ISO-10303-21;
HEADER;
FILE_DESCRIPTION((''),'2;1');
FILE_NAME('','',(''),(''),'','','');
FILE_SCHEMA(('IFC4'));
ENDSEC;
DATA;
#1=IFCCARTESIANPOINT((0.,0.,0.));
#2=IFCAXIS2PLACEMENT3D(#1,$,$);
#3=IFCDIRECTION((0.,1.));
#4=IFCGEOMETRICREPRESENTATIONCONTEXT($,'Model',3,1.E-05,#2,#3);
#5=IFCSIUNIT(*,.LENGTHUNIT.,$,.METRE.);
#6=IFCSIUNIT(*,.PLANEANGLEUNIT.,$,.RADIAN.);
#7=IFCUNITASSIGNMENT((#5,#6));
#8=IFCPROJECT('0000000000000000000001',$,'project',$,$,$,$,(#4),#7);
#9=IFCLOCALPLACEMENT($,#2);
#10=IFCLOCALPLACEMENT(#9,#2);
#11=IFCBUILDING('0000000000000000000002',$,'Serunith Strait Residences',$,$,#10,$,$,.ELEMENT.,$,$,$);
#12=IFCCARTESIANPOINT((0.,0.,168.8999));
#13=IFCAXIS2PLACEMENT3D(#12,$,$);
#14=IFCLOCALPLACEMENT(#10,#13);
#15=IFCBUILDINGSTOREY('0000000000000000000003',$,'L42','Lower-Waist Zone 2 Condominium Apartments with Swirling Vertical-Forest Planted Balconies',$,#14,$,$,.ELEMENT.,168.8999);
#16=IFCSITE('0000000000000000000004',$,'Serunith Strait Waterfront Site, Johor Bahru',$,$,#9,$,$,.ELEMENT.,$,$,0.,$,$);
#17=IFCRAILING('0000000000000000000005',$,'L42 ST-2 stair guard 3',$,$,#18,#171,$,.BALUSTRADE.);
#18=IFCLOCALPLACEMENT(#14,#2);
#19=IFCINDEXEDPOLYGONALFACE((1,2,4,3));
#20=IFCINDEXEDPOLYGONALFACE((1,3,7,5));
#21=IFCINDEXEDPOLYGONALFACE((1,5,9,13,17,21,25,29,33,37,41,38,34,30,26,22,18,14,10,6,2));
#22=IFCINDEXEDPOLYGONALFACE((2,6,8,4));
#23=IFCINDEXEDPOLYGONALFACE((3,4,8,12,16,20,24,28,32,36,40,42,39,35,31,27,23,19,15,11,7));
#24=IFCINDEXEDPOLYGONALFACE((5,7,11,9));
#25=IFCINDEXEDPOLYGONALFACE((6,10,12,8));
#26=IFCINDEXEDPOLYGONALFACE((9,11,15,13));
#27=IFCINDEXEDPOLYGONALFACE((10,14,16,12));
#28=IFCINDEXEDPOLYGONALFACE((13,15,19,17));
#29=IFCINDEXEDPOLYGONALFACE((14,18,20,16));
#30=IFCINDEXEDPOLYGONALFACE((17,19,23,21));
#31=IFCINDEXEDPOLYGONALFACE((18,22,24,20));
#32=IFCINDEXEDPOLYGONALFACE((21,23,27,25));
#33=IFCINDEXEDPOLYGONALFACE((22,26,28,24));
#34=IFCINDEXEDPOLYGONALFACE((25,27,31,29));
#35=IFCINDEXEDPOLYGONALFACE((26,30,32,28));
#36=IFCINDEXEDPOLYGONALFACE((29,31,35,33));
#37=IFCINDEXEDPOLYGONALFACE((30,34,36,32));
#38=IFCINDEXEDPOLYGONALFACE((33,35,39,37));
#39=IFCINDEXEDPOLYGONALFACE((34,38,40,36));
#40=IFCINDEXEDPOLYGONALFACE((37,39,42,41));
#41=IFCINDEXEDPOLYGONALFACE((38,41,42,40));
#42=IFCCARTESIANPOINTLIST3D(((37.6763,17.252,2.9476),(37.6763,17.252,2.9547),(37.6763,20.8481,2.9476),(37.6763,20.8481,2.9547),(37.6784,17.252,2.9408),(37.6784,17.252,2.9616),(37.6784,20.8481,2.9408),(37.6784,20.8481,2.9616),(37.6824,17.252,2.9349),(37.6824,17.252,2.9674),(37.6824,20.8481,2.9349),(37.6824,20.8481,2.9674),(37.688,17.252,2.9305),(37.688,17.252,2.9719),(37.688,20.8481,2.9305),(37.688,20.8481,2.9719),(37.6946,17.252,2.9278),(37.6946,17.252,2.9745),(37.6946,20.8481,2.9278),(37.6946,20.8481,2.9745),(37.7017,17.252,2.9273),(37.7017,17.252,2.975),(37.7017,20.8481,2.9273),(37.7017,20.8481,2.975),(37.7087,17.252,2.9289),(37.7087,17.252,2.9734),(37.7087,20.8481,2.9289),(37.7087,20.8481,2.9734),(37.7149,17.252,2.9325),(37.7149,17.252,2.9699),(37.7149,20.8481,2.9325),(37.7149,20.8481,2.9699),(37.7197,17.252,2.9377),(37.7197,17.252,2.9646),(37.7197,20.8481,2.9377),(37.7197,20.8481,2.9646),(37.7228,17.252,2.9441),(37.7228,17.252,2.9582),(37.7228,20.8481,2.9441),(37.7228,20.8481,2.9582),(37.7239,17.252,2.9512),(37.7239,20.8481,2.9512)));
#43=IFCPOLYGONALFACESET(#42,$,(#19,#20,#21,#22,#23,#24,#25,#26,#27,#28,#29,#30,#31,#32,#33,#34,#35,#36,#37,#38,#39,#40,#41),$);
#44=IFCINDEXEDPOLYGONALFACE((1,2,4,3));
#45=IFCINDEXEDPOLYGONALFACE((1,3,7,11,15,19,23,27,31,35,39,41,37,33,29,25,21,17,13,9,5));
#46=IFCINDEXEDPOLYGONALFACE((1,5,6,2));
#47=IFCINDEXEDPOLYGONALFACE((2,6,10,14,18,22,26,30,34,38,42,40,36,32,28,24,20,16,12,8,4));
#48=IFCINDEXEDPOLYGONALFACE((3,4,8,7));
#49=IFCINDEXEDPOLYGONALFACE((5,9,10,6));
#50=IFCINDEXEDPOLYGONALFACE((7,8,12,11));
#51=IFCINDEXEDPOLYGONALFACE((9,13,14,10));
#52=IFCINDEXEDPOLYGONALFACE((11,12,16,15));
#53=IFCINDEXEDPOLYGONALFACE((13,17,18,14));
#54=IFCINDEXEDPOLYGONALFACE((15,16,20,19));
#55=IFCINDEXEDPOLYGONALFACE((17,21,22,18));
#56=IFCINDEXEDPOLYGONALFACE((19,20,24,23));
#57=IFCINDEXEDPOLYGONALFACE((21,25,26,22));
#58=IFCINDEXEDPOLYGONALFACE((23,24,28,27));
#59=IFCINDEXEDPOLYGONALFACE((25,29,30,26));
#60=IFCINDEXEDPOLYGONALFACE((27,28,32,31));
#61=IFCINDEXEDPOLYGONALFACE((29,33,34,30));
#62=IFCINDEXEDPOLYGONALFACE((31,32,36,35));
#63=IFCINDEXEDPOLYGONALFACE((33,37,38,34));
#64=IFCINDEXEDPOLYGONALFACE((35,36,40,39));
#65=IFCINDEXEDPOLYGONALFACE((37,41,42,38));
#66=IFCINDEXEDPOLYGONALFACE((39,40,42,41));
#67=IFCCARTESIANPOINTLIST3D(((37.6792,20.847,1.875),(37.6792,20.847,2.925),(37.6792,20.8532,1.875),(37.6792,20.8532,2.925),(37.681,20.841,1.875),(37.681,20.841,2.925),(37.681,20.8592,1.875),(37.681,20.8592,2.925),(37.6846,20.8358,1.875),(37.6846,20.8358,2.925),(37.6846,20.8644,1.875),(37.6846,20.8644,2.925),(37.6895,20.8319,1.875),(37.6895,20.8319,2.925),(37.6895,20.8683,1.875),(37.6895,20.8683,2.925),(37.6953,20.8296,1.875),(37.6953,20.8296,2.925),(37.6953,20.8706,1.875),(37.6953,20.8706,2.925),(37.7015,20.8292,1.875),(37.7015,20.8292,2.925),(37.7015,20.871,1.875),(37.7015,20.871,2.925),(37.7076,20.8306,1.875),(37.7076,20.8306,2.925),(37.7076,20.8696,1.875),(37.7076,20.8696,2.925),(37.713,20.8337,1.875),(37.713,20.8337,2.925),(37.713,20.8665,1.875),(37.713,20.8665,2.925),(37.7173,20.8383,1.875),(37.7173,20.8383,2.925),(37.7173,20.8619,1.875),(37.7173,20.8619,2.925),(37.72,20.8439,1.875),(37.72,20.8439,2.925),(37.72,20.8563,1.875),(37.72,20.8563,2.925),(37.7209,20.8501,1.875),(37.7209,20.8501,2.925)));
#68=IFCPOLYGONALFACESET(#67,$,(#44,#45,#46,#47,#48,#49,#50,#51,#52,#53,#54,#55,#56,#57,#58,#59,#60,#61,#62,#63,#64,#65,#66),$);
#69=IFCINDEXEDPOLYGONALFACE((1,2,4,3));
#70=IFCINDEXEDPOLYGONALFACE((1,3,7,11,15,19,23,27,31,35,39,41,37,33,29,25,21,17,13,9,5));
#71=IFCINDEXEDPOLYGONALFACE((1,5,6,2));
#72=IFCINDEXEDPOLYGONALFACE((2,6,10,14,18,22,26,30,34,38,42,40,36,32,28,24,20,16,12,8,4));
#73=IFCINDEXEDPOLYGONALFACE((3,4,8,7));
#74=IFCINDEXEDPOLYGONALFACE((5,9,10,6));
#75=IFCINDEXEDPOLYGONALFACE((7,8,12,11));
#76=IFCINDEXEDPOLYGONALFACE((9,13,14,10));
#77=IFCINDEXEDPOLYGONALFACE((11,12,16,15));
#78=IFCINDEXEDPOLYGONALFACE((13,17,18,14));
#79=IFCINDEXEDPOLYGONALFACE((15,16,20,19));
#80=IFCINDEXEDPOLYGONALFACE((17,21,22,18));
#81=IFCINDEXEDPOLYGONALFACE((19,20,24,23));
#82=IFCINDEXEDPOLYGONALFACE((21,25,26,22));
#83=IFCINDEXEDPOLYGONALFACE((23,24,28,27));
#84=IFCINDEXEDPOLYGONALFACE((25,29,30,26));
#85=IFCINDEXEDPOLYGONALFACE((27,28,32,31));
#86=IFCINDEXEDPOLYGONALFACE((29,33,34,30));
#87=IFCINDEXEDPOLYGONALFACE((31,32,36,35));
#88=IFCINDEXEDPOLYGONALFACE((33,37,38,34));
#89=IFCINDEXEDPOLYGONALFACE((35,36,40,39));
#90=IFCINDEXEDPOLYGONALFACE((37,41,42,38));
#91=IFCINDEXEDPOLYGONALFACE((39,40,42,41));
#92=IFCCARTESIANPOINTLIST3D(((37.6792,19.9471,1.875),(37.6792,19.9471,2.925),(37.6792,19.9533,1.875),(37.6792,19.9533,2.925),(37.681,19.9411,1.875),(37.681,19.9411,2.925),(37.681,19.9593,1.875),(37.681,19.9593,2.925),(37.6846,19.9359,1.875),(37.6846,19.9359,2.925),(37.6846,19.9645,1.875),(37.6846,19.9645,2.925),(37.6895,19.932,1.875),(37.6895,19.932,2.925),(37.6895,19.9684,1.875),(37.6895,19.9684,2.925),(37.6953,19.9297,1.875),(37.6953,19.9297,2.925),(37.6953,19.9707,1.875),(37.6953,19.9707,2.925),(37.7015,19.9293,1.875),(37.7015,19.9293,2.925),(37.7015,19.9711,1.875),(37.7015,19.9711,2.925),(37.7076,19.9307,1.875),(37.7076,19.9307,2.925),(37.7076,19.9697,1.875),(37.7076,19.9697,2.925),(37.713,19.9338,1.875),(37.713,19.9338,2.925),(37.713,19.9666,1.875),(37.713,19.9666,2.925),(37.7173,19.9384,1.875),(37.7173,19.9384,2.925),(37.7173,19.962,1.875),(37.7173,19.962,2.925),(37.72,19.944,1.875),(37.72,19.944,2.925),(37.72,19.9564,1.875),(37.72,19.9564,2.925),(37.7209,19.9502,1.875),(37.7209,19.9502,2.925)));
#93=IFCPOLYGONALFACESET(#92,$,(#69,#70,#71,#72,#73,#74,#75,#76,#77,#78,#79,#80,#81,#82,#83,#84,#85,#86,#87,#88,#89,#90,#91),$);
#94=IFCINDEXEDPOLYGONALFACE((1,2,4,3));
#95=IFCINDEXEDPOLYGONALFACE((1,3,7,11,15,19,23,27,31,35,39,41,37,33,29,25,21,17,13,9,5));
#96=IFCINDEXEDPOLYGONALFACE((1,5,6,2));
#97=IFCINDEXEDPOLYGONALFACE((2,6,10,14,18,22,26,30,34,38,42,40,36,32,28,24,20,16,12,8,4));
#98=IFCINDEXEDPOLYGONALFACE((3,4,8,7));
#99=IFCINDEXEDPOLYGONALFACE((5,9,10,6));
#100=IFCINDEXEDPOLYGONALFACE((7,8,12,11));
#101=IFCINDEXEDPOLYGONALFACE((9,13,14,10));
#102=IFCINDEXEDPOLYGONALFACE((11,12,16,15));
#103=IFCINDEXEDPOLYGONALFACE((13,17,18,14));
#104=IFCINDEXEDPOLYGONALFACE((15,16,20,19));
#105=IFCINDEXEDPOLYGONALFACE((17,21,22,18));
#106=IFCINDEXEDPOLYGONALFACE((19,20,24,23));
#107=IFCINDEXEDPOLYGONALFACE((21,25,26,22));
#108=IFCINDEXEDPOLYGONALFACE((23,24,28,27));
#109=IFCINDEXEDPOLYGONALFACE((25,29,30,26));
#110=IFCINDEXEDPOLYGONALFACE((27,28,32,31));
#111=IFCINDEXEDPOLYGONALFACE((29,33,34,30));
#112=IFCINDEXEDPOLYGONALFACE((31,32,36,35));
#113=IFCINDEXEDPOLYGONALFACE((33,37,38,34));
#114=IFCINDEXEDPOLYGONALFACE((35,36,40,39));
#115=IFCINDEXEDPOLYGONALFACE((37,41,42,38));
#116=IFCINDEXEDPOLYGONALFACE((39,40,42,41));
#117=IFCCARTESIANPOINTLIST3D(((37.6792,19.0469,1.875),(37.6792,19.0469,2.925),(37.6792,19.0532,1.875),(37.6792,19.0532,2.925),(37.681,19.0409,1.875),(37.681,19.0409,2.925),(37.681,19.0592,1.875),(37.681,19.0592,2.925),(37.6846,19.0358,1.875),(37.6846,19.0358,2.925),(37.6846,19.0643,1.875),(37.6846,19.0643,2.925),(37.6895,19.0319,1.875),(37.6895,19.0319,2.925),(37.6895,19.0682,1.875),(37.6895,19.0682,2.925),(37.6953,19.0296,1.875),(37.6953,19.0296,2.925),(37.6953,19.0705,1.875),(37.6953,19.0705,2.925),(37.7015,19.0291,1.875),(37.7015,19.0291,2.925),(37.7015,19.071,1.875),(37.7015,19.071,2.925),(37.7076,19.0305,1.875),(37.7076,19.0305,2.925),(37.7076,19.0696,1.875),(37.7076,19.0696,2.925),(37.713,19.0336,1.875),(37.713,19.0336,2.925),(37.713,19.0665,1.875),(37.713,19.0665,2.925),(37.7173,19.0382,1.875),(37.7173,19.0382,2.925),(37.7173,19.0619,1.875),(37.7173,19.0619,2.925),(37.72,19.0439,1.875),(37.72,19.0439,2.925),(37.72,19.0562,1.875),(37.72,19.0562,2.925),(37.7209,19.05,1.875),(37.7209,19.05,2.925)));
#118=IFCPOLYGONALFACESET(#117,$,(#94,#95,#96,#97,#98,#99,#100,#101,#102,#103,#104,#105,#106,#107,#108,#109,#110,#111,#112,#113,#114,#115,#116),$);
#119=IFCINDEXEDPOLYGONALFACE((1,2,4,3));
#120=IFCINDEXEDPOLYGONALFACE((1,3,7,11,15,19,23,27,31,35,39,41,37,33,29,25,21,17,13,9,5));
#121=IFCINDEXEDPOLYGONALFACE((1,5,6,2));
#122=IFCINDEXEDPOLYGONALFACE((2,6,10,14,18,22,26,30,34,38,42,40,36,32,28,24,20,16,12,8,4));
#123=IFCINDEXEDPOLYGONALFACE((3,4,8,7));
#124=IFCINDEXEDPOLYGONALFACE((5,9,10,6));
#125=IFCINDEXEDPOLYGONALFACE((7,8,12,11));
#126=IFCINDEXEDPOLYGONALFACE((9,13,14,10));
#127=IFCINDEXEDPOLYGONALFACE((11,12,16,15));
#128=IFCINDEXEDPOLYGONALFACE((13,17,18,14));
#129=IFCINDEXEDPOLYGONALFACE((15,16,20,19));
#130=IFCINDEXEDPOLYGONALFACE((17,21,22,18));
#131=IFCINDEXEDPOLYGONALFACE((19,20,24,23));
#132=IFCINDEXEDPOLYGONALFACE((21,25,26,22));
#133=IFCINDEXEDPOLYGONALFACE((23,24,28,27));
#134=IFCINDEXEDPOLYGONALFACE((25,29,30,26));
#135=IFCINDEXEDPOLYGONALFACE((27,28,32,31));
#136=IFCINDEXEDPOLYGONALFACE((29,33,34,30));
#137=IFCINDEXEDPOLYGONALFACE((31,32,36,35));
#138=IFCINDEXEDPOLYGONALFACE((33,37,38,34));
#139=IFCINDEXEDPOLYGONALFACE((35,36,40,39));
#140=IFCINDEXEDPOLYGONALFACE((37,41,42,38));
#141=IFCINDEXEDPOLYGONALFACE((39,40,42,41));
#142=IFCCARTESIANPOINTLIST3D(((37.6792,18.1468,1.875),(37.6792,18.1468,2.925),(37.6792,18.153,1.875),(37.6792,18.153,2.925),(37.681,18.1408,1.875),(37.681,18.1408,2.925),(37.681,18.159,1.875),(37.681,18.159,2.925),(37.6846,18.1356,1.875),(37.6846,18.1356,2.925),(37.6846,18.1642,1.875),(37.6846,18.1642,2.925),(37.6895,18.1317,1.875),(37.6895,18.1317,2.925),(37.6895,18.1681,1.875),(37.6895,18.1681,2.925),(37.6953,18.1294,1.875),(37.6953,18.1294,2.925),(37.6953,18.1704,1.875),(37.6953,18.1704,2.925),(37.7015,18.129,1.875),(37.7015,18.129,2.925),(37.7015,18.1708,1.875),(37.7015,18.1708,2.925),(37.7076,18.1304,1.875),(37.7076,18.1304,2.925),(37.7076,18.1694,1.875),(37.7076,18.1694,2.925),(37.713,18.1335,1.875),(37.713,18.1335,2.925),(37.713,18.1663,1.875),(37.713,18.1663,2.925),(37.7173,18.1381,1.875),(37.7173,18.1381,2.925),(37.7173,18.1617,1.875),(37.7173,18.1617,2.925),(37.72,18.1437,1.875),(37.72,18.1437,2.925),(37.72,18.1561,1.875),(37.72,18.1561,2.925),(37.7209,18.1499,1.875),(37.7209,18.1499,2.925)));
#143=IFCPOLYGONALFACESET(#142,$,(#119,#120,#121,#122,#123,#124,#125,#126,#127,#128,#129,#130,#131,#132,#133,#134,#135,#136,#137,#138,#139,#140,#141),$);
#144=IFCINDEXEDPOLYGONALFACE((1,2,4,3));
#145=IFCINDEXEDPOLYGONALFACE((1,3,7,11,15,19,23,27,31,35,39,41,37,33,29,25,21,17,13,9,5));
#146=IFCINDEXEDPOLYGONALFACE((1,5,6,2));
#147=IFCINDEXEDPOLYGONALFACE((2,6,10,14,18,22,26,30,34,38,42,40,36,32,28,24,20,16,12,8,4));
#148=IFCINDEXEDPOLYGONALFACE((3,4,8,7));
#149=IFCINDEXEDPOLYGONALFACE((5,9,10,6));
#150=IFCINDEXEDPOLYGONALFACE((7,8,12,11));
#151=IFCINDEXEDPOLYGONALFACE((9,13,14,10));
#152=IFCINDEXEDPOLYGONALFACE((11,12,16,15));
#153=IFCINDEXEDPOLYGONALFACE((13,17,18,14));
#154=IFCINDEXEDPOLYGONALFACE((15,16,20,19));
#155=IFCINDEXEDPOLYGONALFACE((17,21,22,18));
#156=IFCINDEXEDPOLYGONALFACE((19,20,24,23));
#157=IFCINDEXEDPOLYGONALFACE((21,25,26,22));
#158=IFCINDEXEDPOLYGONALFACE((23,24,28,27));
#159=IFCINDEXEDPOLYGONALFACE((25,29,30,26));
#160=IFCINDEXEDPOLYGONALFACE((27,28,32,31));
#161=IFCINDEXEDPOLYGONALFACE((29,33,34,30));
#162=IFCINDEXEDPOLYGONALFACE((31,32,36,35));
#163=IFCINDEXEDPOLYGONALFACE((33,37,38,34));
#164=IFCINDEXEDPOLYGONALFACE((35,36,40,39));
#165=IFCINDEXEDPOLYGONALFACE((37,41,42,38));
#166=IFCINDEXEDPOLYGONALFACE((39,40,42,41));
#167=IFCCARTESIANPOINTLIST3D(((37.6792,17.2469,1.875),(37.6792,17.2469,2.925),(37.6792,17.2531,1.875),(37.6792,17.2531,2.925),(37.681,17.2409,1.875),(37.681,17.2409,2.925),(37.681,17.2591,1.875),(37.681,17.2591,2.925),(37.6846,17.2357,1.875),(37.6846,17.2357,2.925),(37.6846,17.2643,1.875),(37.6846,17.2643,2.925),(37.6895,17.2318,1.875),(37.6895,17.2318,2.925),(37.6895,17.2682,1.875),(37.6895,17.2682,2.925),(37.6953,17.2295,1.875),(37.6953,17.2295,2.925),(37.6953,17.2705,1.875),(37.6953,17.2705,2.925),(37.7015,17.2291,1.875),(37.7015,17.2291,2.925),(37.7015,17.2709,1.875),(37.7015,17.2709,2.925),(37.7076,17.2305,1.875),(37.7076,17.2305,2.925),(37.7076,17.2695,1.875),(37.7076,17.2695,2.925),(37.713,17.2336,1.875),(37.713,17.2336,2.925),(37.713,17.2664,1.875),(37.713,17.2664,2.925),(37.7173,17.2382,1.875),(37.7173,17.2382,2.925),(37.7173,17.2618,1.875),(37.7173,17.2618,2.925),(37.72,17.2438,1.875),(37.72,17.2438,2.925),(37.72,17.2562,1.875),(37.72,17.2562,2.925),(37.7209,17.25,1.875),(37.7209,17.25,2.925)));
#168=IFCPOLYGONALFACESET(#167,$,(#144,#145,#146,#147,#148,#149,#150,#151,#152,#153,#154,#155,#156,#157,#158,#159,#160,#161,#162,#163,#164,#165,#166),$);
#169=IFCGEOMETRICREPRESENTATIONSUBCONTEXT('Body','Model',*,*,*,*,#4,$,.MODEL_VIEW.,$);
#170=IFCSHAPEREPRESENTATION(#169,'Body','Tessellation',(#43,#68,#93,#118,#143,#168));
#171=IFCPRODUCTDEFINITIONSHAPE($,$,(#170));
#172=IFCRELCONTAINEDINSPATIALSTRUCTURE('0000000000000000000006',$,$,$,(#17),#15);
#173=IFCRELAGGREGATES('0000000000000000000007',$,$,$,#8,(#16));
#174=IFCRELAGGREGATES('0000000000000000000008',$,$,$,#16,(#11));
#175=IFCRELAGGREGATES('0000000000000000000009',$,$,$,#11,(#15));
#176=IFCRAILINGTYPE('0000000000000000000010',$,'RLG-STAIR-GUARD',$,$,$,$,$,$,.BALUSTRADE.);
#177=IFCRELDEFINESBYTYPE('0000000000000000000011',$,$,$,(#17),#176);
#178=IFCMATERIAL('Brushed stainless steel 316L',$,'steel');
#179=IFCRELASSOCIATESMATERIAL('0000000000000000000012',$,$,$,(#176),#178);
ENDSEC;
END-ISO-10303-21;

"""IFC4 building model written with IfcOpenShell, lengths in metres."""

from ifc_helpers import new_model, si_unit, direction, frame, origin, origin_2d, place, context, subcontext, project, spatial, circle, extrude, material, type_object, element, save


model = new_model("IFC4")

# Units and contexts
model_context = context("Model", 3, precision=1e-05, world=origin(), true_north=direction((0.0, 1.0)))
body_context = subcontext(model_context, "Body", "Model", "MODEL_VIEW")
ifc_project = project(units=[si_unit("LENGTHUNIT", "METRE"), si_unit("PLANEANGLEUNIT", "RADIAN")], contexts=[model_context])

# Site, building, storey
site_placement = place(None, origin())
site = spatial("IfcSite", under=ifc_project, at=site_placement, Name="Serunith Strait Waterfront Site, Johor Bahru", CompositionType="ELEMENT", RefElevation=0.0)
building_placement = place(site_placement, origin())
building = spatial("IfcBuilding", under=site, at=building_placement, Name="Serunith Strait Residences", CompositionType="ELEMENT")
storey_placement = place(building_placement, frame((0.0, 0.0, 168.8999)))
storey = spatial("IfcBuildingStorey", under=building, at=storey_placement, Name="L42", Description="Lower-Waist Zone 2 Condominium Apartments with Swirling Vertical-Forest Planted Balconies", CompositionType="ELEMENT", Elevation=168.8999)

# Railing
ifc_material_1 = material(Name="Brushed stainless steel 316L", Category="steel")
railing_type_1 = type_object("IfcRailingType", Name="RLG-STAIR-GUARD", PredefinedType="BALUSTRADE", material=ifc_material_1)
for number, where, name in (
    (1, (37.7, 20.8501, 1.875), "L42 ST-2 stair guard 3"),
):
    element("IfcRailing", number, at=place(storey_placement, frame(where)), inside=storey, type_object=railing_type_1, Name=name, PredefinedType="BALUSTRADE", context=body_context, shape_type="SweptSolid", body=[
        extrude(circle(Radius=0.0239, at=origin_2d()), frame((0.0, -0.002, 1.0762), z_axis=(0.0, -1.0, 0.0), x_axis=(1.0, 0.0, 0.0)), (0.0, 0.0, 1.0), 3.5962),
        extrude(circle(Radius=0.021, at=origin_2d()), origin(), (0.0, 0.0, 1.0), 1.05),
        extrude(circle(Radius=0.021, at=origin_2d()), frame((0.0, -0.8999, 0.0)), (0.0, 0.0, 1.0), 1.05),
        extrude(circle(Radius=0.021, at=origin_2d()), frame((0.0, -1.8, 0.0)), (0.0, 0.0, 1.0), 1.05),
        extrude(circle(Radius=0.021, at=origin_2d()), frame((0.0, -2.7002, 0.0)), (0.0, 0.0, 1.0), 1.05),
        extrude(circle(Radius=0.021, at=origin_2d()), frame((0.0, -3.6001, 0.0)), (0.0, 0.0, 1.0), 1.05),
    ])

save(model, "model.ifc")
